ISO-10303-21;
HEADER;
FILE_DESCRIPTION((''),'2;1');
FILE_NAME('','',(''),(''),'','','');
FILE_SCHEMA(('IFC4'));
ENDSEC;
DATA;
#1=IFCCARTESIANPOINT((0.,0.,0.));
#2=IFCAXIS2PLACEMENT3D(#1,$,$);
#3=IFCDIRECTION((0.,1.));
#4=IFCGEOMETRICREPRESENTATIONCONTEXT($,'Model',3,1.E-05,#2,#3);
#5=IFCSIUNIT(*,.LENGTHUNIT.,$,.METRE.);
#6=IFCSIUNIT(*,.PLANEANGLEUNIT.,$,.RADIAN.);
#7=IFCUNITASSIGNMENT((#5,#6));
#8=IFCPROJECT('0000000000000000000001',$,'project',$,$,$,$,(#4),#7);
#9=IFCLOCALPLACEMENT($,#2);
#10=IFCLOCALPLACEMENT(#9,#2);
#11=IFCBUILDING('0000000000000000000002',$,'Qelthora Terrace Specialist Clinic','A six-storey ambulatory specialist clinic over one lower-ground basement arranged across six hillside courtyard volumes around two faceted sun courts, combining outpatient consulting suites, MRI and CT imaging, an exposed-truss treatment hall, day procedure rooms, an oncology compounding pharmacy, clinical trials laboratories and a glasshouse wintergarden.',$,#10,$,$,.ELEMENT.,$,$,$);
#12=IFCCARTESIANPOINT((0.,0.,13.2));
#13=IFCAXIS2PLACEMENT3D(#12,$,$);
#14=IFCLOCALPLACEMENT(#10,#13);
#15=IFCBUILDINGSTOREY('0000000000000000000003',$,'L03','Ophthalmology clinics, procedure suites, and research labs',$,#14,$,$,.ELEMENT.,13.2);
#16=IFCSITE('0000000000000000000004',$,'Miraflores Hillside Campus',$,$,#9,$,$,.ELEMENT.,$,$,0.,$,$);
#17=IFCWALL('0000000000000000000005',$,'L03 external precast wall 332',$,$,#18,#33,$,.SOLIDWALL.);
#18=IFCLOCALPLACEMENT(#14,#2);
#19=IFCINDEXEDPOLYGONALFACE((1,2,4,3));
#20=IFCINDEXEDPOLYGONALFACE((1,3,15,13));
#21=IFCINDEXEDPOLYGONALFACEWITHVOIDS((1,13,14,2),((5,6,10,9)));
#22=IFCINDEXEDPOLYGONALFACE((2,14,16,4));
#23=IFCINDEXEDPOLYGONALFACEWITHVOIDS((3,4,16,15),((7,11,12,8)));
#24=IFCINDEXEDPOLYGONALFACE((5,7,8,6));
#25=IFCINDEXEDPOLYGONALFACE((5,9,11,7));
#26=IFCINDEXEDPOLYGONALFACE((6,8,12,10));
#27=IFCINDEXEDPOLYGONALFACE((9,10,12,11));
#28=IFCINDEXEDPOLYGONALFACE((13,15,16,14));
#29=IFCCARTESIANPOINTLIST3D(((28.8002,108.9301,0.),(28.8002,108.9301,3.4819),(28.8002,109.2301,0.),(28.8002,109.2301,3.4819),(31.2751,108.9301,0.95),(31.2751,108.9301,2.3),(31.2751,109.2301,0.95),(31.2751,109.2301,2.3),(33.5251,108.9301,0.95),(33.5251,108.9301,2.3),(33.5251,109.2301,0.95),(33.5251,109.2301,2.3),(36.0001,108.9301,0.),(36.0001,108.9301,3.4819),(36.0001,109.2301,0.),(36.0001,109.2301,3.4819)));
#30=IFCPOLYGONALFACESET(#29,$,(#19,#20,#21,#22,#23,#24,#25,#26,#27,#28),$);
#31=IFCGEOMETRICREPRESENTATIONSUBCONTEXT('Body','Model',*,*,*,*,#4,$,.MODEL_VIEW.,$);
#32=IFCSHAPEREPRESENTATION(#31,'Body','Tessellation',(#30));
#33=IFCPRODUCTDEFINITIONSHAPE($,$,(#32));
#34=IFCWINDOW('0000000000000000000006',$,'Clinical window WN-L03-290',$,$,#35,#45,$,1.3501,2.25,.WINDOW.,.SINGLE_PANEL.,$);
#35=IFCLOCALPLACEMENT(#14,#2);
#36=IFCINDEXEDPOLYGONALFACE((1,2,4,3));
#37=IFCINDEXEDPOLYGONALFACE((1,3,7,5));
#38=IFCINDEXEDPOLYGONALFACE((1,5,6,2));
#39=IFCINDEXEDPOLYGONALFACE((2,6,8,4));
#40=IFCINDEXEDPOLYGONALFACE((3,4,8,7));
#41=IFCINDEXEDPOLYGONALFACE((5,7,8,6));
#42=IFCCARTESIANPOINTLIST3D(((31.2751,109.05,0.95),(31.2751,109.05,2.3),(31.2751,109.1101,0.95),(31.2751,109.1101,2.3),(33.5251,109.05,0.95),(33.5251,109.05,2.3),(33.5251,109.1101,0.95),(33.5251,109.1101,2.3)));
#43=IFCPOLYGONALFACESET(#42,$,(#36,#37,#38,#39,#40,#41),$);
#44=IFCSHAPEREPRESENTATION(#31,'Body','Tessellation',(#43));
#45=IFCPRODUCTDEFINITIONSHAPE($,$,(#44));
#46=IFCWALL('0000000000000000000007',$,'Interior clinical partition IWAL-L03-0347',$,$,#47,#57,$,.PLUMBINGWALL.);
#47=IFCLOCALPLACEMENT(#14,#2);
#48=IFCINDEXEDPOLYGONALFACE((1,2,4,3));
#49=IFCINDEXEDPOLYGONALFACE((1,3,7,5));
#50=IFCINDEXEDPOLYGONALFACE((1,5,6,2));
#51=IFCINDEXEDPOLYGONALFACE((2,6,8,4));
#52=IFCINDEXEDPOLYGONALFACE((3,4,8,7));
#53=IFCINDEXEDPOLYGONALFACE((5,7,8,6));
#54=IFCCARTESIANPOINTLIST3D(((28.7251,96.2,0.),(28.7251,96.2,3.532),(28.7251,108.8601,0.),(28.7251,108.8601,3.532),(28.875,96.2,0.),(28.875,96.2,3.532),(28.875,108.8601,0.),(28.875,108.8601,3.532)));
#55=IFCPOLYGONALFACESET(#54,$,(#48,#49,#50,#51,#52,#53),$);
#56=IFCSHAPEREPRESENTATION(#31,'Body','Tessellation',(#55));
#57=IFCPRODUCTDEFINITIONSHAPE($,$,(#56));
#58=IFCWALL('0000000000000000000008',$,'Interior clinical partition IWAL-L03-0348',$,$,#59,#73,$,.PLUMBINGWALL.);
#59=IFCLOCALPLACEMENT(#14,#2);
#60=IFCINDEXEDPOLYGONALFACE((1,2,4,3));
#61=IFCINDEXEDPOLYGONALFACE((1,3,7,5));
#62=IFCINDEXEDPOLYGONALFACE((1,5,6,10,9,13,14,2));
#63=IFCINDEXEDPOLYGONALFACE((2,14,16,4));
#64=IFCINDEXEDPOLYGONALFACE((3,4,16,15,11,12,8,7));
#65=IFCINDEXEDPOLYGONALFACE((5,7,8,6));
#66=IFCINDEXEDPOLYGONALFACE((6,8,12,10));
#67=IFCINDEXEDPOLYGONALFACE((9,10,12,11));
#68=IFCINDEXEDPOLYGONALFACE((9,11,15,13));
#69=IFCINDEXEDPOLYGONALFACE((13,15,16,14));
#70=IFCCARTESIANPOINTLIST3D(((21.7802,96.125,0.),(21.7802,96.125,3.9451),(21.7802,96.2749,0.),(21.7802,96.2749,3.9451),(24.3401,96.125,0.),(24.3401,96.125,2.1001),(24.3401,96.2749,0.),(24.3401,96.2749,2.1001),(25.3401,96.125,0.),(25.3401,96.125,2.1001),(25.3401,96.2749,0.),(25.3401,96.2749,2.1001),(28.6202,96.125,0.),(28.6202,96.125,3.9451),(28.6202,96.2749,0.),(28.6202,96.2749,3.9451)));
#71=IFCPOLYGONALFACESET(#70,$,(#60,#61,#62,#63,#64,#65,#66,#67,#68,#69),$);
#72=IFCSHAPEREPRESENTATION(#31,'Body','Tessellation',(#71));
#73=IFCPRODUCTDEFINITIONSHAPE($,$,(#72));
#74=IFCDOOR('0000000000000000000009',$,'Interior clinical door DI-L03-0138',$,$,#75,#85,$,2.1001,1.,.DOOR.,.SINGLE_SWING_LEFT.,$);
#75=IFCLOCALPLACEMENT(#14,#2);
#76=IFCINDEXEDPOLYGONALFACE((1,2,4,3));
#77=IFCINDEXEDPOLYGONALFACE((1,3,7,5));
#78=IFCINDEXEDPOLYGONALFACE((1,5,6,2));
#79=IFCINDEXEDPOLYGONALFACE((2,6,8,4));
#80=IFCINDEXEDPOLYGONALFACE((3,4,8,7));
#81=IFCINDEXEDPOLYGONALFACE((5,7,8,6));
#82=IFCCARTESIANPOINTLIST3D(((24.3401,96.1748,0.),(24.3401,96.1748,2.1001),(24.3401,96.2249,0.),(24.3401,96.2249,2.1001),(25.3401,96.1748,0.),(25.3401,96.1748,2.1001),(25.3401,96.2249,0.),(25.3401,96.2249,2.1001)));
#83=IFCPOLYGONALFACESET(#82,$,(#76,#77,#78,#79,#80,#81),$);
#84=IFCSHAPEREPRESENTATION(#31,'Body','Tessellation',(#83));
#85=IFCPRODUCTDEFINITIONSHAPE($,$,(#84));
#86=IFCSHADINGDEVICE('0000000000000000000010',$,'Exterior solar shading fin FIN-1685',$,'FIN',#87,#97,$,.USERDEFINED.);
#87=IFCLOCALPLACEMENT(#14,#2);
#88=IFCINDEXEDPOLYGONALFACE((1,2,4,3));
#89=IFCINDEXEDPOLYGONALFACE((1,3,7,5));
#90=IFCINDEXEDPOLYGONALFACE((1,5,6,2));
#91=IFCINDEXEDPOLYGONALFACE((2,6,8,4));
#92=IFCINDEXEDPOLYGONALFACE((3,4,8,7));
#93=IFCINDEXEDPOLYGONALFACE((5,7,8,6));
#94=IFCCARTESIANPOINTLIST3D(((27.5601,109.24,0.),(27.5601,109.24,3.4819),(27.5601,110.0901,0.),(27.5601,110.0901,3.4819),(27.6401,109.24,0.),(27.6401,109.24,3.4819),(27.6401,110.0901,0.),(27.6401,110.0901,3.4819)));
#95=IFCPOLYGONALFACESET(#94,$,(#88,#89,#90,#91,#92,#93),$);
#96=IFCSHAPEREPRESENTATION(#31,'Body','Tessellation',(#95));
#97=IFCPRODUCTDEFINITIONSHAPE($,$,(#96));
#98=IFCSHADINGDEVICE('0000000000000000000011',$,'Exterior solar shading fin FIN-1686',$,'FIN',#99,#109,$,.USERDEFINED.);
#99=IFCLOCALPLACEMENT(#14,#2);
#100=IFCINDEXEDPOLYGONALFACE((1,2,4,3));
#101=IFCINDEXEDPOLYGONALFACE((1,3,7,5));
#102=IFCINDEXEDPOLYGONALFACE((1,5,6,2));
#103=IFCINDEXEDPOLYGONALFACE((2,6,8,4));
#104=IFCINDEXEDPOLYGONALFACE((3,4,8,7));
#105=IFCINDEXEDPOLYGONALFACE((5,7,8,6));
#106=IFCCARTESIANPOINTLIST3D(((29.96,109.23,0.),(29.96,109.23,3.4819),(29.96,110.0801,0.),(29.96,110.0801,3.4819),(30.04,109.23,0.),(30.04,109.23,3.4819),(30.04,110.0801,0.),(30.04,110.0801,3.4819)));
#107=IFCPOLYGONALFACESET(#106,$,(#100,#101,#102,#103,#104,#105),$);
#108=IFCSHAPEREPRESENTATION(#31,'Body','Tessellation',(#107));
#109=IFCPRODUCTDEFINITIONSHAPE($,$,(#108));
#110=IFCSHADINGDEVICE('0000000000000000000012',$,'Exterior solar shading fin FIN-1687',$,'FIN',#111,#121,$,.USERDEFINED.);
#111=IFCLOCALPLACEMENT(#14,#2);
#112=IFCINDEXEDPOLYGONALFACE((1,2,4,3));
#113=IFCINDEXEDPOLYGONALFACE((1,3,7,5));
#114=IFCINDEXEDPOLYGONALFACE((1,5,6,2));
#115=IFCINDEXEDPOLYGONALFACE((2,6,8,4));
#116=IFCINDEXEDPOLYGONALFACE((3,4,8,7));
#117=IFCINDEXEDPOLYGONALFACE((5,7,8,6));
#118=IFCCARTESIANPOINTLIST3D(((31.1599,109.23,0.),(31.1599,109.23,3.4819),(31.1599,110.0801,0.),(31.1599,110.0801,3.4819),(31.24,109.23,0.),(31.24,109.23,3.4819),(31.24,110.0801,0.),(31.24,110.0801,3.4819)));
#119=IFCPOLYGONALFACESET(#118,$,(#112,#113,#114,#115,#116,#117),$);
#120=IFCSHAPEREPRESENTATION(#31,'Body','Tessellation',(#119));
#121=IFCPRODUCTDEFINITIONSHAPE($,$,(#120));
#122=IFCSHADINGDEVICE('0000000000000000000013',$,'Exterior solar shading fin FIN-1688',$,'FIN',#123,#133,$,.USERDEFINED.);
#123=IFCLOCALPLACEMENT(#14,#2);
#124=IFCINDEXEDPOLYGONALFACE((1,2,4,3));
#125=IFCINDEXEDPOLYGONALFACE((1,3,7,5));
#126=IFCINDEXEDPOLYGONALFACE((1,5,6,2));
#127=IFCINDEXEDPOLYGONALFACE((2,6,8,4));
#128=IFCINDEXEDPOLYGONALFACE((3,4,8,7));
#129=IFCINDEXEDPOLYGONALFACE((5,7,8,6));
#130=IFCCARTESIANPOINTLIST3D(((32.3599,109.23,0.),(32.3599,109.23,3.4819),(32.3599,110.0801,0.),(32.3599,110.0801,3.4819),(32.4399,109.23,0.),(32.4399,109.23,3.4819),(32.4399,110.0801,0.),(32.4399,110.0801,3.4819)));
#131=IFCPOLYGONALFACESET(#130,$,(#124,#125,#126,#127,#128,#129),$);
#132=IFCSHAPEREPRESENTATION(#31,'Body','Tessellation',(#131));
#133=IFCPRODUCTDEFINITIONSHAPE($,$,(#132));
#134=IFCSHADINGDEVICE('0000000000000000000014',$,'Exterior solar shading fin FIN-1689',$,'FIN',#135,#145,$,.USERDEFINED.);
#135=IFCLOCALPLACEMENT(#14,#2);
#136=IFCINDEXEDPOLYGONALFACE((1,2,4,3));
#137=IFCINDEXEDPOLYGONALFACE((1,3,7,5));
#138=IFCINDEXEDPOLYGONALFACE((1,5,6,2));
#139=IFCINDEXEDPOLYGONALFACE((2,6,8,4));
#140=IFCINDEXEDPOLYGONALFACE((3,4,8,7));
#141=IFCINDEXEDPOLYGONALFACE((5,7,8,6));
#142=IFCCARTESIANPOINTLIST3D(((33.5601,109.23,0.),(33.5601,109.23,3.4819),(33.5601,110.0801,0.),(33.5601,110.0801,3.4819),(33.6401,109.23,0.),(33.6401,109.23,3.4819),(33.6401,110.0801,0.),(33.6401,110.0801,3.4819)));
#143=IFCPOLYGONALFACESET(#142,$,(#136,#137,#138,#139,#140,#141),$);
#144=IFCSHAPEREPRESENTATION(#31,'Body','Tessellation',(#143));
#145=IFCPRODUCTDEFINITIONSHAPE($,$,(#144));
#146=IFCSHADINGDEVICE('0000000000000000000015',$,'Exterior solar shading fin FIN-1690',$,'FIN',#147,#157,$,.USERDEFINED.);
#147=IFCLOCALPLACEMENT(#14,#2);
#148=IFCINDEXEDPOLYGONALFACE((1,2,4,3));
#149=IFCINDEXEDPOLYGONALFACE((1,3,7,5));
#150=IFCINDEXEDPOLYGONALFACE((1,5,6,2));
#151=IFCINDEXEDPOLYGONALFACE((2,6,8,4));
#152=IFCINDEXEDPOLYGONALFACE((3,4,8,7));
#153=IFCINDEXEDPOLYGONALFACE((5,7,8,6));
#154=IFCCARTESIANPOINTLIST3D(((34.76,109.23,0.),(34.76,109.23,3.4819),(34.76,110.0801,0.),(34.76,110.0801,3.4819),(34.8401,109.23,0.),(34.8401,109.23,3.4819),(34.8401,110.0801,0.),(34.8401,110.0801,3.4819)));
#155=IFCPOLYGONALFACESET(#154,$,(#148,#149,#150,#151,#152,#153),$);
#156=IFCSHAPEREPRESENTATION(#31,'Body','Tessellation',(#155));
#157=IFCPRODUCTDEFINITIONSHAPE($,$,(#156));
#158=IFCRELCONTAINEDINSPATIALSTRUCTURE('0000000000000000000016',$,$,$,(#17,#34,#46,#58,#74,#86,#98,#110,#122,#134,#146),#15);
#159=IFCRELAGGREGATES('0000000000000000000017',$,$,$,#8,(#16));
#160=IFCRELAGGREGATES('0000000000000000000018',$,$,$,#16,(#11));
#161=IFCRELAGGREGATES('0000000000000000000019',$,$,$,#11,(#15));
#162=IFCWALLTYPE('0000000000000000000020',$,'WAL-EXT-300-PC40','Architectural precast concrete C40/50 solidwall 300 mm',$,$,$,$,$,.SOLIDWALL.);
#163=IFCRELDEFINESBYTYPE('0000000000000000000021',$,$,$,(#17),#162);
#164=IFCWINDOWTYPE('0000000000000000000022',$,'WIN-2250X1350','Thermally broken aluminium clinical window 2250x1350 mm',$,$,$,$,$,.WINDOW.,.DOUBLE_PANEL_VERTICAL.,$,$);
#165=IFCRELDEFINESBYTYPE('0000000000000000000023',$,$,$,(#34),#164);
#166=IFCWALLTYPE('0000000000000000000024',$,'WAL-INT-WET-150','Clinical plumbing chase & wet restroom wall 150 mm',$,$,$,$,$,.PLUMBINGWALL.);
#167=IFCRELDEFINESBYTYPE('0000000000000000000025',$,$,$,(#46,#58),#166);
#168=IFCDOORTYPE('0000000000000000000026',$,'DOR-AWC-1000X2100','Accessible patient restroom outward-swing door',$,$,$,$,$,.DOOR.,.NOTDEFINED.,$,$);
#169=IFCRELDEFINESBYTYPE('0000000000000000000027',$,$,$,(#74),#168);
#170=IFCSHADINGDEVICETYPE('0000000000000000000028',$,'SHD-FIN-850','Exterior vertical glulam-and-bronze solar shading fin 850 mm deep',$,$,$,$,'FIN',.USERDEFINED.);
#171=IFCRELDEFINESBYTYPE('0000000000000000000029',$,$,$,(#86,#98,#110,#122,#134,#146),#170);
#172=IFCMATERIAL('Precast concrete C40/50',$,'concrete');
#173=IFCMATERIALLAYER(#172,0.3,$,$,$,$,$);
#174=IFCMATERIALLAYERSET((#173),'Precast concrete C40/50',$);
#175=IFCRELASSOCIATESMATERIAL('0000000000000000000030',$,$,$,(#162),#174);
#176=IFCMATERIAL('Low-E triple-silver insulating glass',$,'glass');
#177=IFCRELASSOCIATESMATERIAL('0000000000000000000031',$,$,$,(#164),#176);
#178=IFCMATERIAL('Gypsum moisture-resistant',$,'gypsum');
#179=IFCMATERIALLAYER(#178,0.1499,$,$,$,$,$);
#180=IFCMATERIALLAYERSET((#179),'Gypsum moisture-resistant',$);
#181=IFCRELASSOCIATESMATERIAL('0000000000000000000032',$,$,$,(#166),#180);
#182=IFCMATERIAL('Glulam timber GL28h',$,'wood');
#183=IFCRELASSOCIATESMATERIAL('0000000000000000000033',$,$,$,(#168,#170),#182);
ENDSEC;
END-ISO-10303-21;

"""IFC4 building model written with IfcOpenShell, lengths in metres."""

from ifc_helpers import new_model, si_unit, direction, frame, frame_2d, origin, origin_2d, place, context, subcontext, project, spatial, rectangle, extrude, material, layer, layer_set, type_object, element, fill, save


model = new_model("IFC4")

# Units and contexts
model_context = context("Model", 3, precision=1e-05, world=origin(), true_north=direction((0.0, 1.0)))
body_context = subcontext(model_context, "Body", "Model", "MODEL_VIEW")
ifc_project = project(units=[si_unit("LENGTHUNIT", "METRE"), si_unit("PLANEANGLEUNIT", "RADIAN")], contexts=[model_context])

# Site, building, storey
site_placement = place(None, origin())
site = spatial("IfcSite", under=ifc_project, at=site_placement, Name="Miraflores Hillside Campus", CompositionType="ELEMENT", RefElevation=0.0)
building_placement = place(site_placement, origin())
building = spatial("IfcBuilding", under=site, at=building_placement, Name="Qelthora Terrace Specialist Clinic", Description="A six-storey ambulatory specialist clinic over one lower-ground basement arranged across six hillside courtyard volumes around two faceted sun courts, combining outpatient consulting suites, MRI and CT imaging, an exposed-truss treatment hall, day procedure rooms, an oncology compounding pharmacy, clinical trials laboratories and a glasshouse wintergarden.", CompositionType="ELEMENT")
storey_placement = place(building_placement, frame((0.0, 0.0, 13.2)))
storey = spatial("IfcBuildingStorey", under=building, at=storey_placement, Name="L03", Description="Ophthalmology clinics, procedure suites, and research labs", CompositionType="ELEMENT", Elevation=13.2)

# Wall, opening, window
ifc_material_1 = material(Name="Precast concrete C40/50", Category="concrete")
ifc_material_2 = material(Name="Low-E triple-silver insulating glass", Category="glass")
ifc_layer_1 = layer(ifc_material_1, 0.3)
ifc_layer_set_1 = layer_set([ifc_layer_1], Name="Precast concrete C40/50")
wall_type_1 = type_object("IfcWallType", Name="WAL-EXT-300-PC40", Description="Architectural precast concrete C40/50 solidwall 300 mm", PredefinedType="SOLIDWALL", material=ifc_layer_set_1)
wall_1_placement = place(storey_placement, frame((28.8, 109.0801, 0.0), z_axis=(0.0, 0.0, 1.0), x_axis=(1.0, 0.0, 0.0)))
wall_1 = element("IfcWall", 1, at=wall_1_placement, inside=storey, type_object=wall_type_1, Name="L03 external precast wall 332", PredefinedType="SOLIDWALL", context=body_context, shape_type="SweptSolid", body=[
    extrude(rectangle(XDim=7.2, YDim=0.3, at=frame_2d((3.6001, 0.0))), origin(), (0.0, 0.0, 1.0), 3.4819),
])
opening_1_placement = place(wall_1_placement, frame((2.4751, 0.0, 0.95)))
opening_1 = element("IfcOpeningElement", 2, at=opening_1_placement, cuts=wall_1, PredefinedType="OPENING", context=body_context, shape_type="SweptSolid", body=[
    extrude(rectangle(XDim=2.25, YDim=1.3501, at=frame_2d((1.125, 0.675))), frame((0.0, 0.1599, 0.0), z_axis=(0.0, -1.0, 0.0), x_axis=(1.0, 0.0, 0.0)), (0.0, 0.0, 1.0), 0.3201),
])
window_type_1 = type_object("IfcWindowType", Name="WIN-2250X1350", Description="Thermally broken aluminium clinical window 2250x1350 mm", PartitioningType="DOUBLE_PANEL_VERTICAL", PredefinedType="WINDOW", material=ifc_material_2)
window_1_placement = place(opening_1_placement, origin())
window_1 = element("IfcWindow", 3, at=window_1_placement, inside=storey, type_object=window_type_1, Name="Clinical window WN-L03-290", OverallHeight=1.3501, OverallWidth=2.25, PartitioningType="SINGLE_PANEL", PredefinedType="WINDOW", context=body_context, shape_type="SweptSolid", body=[
    extrude(rectangle(XDim=2.25, YDim=1.3501, at=frame_2d((1.125, 0.675))), frame((0.0, 0.03, 0.0), z_axis=(0.0, -1.0, 0.0), x_axis=(1.0, 0.0, 0.0)), (0.0, 0.0, 1.0), 0.0601),
])
fill(opening_1, window_1)

# Wall
ifc_material_3 = material(Name="Gypsum moisture-resistant", Category="gypsum")
ifc_layer_2 = layer(ifc_material_3, 0.1499)
ifc_layer_set_2 = layer_set([ifc_layer_2], Name="Gypsum moisture-resistant")
wall_type_2 = type_object("IfcWallType", Name="WAL-INT-WET-150", Description="Clinical plumbing chase & wet restroom wall 150 mm", PredefinedType="PLUMBINGWALL", material=ifc_layer_set_2)
wall_2_placement = place(storey_placement, frame((28.8, 108.8601, 0.0), z_axis=(0.0, 0.0, 1.0), x_axis=(0.0, -1.0, 0.0)))
element("IfcWall", 4, at=wall_2_placement, inside=storey, type_object=wall_type_2, Name="Interior clinical partition IWAL-L03-0347", PredefinedType="PLUMBINGWALL", context=body_context, shape_type="SweptSolid", body=[
    extrude(rectangle(XDim=12.6602, YDim=0.1499, at=frame_2d((6.3301, 0.0))), origin(), (0.0, 0.0, 1.0), 3.532),
])

# Wall, opening, door
wall_3_placement = place(storey_placement, frame((28.6201, 96.2, 0.0), z_axis=(0.0, 0.0, 1.0), x_axis=(-1.0, 0.0, 0.0)))
wall_3 = element("IfcWall", 5, at=wall_3_placement, inside=storey, type_object=wall_type_2, Name="Interior clinical partition IWAL-L03-0348", PredefinedType="PLUMBINGWALL", context=body_context, shape_type="SweptSolid", body=[
    extrude(rectangle(XDim=6.8401, YDim=0.1499, at=frame_2d((3.4199, 0.0))), origin(), (0.0, 0.0, 1.0), 3.9451),
])
opening_2_placement = place(wall_3_placement, frame((3.28, 0.0, 0.0)))
opening_2 = element("IfcOpeningElement", 6, at=opening_2_placement, cuts=wall_3, PredefinedType="OPENING", context=body_context, shape_type="SweptSolid", body=[
    extrude(rectangle(XDim=1.0, YDim=2.1001, at=frame_2d((0.5, 1.05))), frame((0.0, 0.085, 0.0), z_axis=(0.0, -1.0, 0.0), x_axis=(1.0, 0.0, 0.0)), (0.0, 0.0, 1.0), 0.1699),
])
ifc_material_4 = material(Name="Glulam timber GL28h", Category="wood")
door_type_1 = type_object("IfcDoorType", Name="DOR-AWC-1000X2100", Description="Accessible patient restroom outward-swing door", OperationType="NOTDEFINED", PredefinedType="DOOR", material=ifc_material_4)
door_1_placement = place(opening_2_placement, frame((1.0, 0.0, 0.0), z_axis=(0.0, 0.0, 1.0), x_axis=(-1.0, 0.0, 0.0)))
door_1 = element("IfcDoor", 7, at=door_1_placement, inside=storey, type_object=door_type_1, Name="Interior clinical door DI-L03-0138", OperationType="SINGLE_SWING_LEFT", OverallHeight=2.1001, OverallWidth=1.0, PredefinedType="DOOR", context=body_context, shape_type="SweptSolid", body=[
    extrude(rectangle(XDim=1.0, YDim=2.1001, at=frame_2d((0.5, 1.05))), frame((0.0, 0.0249, 0.0), z_axis=(0.0, -1.0, 0.0), x_axis=(1.0, 0.0, 0.0)), (0.0, 0.0, 1.0), 0.05),
])
fill(opening_2, door_1)

# Shading devices
shading_device_type = type_object("IfcShadingDeviceType", Name="SHD-FIN-850", Description="Exterior vertical glulam-and-bronze solar shading fin 850 mm deep", ElementType="FIN", PredefinedType="USERDEFINED", material=ifc_material_4)
for number, where, z_axis, x_axis, name in (
    (8, (27.6001, 109.665, 0.0), (0.0, 0.0, 1.0), (0.0, 1.0, 0.0), "Exterior solar shading fin FIN-1685"),
    (9, (30.0, 109.655, 0.0), (0.0, 0.0, 1.0), (0.0, 1.0, 0.0), "Exterior solar shading fin FIN-1686"),
    (10, (31.2, 109.655, 0.0), (0.0, 0.0, 1.0), (0.0, 1.0, 0.0), "Exterior solar shading fin FIN-1687"),
    (11, (32.3999, 109.655, 0.0), (0.0, 0.0, 1.0), (0.0, 1.0, 0.0), "Exterior solar shading fin FIN-1688"),
    (12, (33.6001, 109.655, 0.0), (0.0, 0.0, 1.0), (0.0, 1.0, 0.0), "Exterior solar shading fin FIN-1689"),
    (13, (34.8, 109.655, 0.0), (0.0, 0.0, 1.0), (0.0, 1.0, 0.0), "Exterior solar shading fin FIN-1690"),
):
    element("IfcShadingDevice", number, at=place(storey_placement, frame(where, z_axis=z_axis, x_axis=x_axis)), inside=storey, type_object=shading_device_type, Name=name, ObjectType="FIN", PredefinedType="USERDEFINED", context=body_context, shape_type="SweptSolid", body=[
        extrude(rectangle(XDim=0.8501, YDim=0.0801, at=origin_2d()), origin(), (0.0, 0.0, 1.0), 3.4819),
    ])

save(model, "model.ifc")
